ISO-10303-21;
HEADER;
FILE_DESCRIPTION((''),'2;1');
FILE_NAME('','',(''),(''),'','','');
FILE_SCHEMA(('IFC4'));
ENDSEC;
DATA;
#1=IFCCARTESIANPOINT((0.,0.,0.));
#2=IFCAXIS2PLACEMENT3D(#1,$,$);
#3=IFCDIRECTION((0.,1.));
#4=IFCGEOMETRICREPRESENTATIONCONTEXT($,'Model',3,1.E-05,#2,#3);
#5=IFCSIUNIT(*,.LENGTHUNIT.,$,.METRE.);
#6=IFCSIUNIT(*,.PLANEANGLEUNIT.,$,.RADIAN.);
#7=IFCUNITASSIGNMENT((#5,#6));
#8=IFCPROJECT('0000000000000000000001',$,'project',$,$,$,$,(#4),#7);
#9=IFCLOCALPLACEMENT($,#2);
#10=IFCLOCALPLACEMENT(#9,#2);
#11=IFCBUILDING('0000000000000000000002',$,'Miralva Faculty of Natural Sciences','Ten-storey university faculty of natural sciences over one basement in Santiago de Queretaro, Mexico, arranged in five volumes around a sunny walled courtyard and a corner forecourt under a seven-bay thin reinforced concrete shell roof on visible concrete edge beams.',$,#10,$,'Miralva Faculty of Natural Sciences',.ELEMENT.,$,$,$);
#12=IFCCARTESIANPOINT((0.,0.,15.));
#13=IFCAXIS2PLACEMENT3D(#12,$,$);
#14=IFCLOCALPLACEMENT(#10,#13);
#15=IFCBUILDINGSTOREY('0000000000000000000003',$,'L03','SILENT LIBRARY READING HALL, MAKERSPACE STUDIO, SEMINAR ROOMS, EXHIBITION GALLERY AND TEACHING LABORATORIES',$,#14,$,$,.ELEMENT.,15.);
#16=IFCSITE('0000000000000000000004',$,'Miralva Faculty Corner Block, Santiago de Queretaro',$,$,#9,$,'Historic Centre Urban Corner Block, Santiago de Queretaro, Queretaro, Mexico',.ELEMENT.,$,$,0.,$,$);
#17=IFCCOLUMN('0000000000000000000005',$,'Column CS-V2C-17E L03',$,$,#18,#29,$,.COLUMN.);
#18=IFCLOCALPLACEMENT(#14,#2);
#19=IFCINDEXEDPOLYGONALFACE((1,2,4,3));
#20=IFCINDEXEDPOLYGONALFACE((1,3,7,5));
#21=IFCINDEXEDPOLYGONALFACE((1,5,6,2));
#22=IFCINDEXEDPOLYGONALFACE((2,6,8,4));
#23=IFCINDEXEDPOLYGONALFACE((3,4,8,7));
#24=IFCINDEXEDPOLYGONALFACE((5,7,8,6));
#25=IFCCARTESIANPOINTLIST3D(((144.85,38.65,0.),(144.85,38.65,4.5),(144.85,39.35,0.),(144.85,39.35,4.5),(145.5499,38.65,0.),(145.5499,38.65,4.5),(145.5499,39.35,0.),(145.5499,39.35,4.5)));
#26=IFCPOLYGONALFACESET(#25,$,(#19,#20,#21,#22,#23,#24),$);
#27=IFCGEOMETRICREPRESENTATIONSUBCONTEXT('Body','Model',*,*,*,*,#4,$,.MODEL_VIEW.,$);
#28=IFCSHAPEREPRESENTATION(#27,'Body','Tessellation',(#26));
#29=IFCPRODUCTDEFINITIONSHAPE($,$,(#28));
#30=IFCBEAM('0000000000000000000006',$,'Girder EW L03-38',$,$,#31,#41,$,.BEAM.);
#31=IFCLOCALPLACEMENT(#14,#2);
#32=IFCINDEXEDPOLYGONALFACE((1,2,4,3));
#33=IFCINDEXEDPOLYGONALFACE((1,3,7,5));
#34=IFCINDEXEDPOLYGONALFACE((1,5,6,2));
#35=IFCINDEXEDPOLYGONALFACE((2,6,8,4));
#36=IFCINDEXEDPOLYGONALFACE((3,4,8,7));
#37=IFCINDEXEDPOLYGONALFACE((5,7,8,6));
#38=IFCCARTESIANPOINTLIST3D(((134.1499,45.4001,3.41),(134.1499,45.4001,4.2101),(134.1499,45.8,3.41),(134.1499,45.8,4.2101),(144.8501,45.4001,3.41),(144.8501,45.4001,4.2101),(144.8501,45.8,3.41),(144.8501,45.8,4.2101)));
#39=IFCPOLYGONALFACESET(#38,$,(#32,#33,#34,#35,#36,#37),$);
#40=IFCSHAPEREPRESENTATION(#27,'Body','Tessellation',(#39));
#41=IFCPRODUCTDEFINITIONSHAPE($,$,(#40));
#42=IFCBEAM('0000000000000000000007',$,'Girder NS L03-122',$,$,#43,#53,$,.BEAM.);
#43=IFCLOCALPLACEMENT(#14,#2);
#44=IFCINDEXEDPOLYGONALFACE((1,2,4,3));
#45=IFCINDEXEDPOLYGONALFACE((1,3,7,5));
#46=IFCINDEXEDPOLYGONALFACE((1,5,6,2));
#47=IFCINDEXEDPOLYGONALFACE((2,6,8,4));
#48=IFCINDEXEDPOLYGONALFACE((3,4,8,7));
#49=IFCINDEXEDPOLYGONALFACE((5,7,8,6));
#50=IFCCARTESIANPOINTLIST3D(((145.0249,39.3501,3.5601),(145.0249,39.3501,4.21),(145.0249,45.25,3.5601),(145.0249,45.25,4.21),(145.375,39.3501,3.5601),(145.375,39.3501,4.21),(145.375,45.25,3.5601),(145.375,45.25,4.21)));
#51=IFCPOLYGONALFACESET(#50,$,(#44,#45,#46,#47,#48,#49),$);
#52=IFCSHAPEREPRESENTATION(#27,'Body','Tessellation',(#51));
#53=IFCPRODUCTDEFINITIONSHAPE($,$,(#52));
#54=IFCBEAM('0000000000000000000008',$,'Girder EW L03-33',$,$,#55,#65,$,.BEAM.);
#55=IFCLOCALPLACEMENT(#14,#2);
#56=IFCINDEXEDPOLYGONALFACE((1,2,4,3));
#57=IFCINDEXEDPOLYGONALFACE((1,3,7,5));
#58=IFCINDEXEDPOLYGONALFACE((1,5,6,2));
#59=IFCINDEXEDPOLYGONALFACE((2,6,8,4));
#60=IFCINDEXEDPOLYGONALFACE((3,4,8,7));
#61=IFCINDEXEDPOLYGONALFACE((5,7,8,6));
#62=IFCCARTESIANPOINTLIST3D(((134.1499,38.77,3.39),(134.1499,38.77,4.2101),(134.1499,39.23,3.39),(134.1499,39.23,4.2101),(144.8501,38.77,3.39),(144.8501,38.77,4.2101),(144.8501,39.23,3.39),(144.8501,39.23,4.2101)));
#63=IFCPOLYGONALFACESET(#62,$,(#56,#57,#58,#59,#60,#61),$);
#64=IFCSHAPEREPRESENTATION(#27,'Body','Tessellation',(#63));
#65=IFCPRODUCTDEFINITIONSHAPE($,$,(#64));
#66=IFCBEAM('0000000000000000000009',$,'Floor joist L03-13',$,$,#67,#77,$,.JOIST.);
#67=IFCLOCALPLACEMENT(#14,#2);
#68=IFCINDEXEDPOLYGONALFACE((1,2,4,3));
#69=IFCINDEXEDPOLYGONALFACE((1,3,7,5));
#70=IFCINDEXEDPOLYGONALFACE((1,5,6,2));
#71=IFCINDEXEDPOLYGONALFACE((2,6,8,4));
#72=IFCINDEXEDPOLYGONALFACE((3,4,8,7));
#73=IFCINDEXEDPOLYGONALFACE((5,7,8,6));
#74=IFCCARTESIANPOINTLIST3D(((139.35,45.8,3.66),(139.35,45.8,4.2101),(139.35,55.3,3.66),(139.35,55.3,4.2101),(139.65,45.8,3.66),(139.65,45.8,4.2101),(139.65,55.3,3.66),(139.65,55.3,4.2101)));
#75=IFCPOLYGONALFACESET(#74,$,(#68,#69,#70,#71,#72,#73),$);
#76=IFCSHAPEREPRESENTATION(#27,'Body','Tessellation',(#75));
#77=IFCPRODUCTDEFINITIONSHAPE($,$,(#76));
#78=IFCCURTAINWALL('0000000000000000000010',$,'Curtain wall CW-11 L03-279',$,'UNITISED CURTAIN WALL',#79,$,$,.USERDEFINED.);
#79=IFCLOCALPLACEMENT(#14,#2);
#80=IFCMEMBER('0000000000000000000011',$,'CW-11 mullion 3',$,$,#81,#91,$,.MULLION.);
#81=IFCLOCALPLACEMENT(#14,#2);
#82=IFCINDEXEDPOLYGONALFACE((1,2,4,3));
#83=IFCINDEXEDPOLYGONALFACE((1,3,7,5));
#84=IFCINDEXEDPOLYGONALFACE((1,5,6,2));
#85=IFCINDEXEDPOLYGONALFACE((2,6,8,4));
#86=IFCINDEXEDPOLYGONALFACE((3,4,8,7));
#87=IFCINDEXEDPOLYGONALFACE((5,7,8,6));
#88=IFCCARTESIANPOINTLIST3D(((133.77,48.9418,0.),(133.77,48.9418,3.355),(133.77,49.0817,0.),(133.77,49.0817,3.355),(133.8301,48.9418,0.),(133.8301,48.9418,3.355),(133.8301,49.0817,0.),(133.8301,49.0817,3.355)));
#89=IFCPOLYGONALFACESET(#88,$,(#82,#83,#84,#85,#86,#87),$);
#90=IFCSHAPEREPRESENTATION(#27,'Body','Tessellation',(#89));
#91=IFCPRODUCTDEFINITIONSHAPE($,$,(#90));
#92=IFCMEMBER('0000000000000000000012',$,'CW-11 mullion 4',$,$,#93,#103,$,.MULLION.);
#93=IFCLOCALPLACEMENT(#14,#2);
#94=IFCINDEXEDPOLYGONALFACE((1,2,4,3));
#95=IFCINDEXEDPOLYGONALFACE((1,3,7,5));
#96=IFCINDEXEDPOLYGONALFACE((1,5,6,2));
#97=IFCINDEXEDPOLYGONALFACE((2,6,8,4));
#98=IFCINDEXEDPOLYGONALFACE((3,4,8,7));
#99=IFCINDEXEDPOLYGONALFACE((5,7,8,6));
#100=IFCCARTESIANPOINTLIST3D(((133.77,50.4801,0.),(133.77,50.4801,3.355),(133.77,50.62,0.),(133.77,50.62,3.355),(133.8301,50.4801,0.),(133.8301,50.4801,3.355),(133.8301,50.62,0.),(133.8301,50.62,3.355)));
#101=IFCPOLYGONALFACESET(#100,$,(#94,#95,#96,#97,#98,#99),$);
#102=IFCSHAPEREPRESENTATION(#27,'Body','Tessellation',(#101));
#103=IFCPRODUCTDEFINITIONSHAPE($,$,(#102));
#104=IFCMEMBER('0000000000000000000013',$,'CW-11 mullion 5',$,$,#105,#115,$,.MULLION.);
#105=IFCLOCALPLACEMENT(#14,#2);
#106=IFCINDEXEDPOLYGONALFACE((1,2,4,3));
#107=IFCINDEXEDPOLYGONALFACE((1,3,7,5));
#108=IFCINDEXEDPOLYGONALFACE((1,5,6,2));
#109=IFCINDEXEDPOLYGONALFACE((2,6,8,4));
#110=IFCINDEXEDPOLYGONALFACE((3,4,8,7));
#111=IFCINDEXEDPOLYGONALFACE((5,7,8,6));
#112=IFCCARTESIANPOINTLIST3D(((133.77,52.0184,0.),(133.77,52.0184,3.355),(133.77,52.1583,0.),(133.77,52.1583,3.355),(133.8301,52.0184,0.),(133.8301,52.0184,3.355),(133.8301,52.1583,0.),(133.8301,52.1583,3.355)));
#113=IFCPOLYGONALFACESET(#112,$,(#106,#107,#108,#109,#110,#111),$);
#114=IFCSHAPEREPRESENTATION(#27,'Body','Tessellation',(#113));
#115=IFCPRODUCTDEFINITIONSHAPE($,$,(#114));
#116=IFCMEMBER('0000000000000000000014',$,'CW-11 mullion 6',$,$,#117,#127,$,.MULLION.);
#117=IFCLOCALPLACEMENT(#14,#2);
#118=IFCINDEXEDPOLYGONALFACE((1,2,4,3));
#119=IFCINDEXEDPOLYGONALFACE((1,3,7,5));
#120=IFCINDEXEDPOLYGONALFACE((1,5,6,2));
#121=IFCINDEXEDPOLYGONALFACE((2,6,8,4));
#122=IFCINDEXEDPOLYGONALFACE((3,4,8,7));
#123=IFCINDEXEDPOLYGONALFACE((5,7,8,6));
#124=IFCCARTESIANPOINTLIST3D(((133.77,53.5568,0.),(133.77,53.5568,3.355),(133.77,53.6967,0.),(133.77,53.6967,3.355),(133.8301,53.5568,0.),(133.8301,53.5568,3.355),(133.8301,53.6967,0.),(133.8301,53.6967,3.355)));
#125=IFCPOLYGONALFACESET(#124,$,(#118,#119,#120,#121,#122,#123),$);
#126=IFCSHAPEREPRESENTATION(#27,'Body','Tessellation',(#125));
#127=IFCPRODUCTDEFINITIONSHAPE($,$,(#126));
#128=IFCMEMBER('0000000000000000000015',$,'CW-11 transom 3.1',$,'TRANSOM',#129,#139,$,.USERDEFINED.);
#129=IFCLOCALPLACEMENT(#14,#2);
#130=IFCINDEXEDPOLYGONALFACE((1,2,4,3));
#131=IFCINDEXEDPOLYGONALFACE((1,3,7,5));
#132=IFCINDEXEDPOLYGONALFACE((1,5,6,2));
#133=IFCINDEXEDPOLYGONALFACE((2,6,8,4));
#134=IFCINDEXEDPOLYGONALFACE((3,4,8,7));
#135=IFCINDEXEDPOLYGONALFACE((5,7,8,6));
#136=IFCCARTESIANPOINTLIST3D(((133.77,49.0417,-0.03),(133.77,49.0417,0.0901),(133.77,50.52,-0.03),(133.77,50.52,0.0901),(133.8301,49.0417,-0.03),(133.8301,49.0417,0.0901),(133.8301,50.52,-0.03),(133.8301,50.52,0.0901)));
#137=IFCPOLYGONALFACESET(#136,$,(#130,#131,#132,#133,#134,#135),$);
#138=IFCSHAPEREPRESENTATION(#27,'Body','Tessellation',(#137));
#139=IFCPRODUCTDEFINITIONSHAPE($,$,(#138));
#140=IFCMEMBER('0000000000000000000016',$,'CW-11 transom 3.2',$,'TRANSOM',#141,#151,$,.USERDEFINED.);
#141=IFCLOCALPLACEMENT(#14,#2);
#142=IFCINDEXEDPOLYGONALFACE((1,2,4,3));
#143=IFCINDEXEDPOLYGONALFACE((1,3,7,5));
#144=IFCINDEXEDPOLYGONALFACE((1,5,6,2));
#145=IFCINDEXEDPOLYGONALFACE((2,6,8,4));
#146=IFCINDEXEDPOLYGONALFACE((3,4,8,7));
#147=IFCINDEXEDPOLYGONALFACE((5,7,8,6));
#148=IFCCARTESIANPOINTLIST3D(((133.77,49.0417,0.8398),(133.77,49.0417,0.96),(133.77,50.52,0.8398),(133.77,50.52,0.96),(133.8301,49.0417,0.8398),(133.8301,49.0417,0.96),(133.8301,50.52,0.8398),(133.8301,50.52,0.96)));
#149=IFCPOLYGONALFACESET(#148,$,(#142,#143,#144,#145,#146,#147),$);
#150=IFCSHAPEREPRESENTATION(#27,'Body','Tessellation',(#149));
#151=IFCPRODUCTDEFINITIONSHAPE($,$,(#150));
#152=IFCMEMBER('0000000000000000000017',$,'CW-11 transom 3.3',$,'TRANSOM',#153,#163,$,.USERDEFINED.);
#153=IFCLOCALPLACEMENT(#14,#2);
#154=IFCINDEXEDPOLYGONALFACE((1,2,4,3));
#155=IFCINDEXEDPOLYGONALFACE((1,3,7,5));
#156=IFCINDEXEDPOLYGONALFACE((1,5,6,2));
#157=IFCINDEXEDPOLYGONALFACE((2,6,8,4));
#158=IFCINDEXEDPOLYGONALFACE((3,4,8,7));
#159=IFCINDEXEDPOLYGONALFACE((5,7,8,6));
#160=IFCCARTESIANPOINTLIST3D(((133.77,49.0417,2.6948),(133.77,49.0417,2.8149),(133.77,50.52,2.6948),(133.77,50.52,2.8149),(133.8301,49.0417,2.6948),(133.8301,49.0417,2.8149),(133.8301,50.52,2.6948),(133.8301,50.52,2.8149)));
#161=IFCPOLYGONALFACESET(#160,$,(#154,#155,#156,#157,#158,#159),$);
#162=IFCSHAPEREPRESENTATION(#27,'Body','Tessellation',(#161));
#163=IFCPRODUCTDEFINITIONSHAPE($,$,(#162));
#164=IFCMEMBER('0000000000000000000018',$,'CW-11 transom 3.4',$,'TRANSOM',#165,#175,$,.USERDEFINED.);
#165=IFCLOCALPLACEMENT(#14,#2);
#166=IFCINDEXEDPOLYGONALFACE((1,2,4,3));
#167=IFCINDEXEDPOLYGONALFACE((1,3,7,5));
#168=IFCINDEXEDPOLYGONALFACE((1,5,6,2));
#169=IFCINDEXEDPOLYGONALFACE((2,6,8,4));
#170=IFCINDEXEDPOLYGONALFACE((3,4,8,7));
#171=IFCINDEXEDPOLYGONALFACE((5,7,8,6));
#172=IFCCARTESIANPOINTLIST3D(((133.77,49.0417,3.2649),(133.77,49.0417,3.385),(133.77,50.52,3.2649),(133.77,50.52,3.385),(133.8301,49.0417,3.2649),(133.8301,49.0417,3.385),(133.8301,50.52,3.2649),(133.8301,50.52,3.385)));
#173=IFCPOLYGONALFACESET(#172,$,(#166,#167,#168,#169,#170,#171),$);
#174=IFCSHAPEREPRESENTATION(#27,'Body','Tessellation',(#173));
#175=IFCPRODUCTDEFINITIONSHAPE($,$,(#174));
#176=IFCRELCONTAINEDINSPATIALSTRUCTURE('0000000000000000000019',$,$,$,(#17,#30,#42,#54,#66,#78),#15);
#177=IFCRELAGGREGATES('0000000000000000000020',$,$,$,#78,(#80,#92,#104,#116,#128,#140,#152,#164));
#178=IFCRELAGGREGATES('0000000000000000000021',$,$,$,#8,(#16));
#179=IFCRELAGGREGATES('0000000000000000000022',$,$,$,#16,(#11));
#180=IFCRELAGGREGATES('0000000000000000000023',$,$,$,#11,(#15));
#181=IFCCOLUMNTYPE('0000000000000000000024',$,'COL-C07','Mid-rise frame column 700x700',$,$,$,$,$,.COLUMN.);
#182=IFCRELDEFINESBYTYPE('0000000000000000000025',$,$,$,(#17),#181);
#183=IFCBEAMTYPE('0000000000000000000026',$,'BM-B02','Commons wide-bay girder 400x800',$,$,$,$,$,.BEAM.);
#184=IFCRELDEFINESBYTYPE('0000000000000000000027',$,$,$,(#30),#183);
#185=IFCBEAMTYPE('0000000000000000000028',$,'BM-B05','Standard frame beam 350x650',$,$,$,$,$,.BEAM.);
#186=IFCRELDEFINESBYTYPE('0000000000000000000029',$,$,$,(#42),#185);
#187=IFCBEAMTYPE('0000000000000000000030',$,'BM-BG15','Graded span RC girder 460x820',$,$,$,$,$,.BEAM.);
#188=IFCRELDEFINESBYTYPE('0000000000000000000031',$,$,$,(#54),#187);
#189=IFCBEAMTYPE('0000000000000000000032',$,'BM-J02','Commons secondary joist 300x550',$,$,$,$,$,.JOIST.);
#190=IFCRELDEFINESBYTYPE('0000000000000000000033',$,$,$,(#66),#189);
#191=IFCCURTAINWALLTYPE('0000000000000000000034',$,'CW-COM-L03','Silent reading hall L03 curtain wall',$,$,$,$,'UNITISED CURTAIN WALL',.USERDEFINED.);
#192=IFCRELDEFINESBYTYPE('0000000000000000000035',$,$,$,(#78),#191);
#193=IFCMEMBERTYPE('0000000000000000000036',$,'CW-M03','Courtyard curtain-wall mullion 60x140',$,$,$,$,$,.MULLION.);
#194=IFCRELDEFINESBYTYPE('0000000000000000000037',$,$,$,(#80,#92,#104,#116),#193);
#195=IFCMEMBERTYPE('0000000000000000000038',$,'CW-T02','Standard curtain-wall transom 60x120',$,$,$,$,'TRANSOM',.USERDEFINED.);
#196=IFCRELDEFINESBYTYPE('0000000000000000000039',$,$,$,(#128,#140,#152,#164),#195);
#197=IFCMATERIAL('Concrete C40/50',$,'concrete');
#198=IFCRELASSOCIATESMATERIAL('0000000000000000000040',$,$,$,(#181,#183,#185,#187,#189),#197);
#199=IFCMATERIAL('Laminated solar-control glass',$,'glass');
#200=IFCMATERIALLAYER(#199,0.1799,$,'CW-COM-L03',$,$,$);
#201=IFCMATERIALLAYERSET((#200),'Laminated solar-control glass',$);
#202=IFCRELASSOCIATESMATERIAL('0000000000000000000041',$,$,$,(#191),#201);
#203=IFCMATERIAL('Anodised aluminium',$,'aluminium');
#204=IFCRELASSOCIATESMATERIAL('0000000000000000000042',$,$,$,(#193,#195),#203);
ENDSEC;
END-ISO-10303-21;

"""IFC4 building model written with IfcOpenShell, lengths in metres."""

from ifc_helpers import new_model, si_unit, direction, frame, origin, origin_2d, place, context, subcontext, project, spatial, rectangle, extrude, material, layer, layer_set, material_profile, profile_set, type_object, element, aggregate, save


model = new_model("IFC4")

# Units and contexts
model_context = context("Model", 3, precision=1e-05, world=origin(), true_north=direction((0.0, 1.0)))
body_context = subcontext(model_context, "Body", "Model", "MODEL_VIEW")
ifc_project = project(units=[si_unit("LENGTHUNIT", "METRE"), si_unit("PLANEANGLEUNIT", "RADIAN")], contexts=[model_context])

# Site, building, storey
site_placement = place(None, origin())
site = spatial("IfcSite", under=ifc_project, at=site_placement, Name="Miralva Faculty Corner Block, Santiago de Queretaro", LongName="Historic Centre Urban Corner Block, Santiago de Queretaro, Queretaro, Mexico", CompositionType="ELEMENT", RefElevation=0.0)
building_placement = place(site_placement, origin())
building = spatial("IfcBuilding", under=site, at=building_placement, Name="Miralva Faculty of Natural Sciences", Description="Ten-storey university faculty of natural sciences over one basement in Santiago de Queretaro, Mexico, arranged in five volumes around a sunny walled courtyard and a corner forecourt under a seven-bay thin reinforced concrete shell roof on visible concrete edge beams.", LongName="Miralva Faculty of Natural Sciences", CompositionType="ELEMENT")
storey_placement = place(building_placement, frame((0.0, 0.0, 15.0)))
storey = spatial("IfcBuildingStorey", under=building, at=storey_placement, Name="L03", Description="SILENT LIBRARY READING HALL, MAKERSPACE STUDIO, SEMINAR ROOMS, EXHIBITION GALLERY AND TEACHING LABORATORIES", CompositionType="ELEMENT", Elevation=15.0)

# Column
ifc_material_1 = material(Name="Concrete C40/50", Category="concrete")
ifc_material_profile_1 = material_profile(ifc_material_1, rectangle(XDim=0.7, YDim=0.7, at=origin_2d()), Name="RC 700x700")
ifc_profile_set_1 = profile_set([ifc_material_profile_1], Name="Concrete C40/50")
column_type = type_object("IfcColumnType", Name="COL-C07", Description="Mid-rise frame column 700x700", PredefinedType="COLUMN", material=ifc_profile_set_1)
column_placement = place(storey_placement, frame((145.2, 39.0, 0.0), z_axis=(0.0, 0.0, 1.0), x_axis=(1.0, 0.0, 0.0)))
element("IfcColumn", 1, at=column_placement, inside=storey, type_object=column_type, Name="Column CS-V2C-17E L03", PredefinedType="COLUMN", context=body_context, shape_type="SweptSolid", body=[
    extrude(rectangle(XDim=0.7, YDim=0.7, at=origin_2d()), origin(), (0.0, 0.0, 1.0), 4.5),
])

# Beams
ifc_material_profile_2 = material_profile(ifc_material_1, rectangle(XDim=0.3999, YDim=0.8, at=origin_2d()), Name="RC 400x800")
ifc_profile_set_2 = profile_set([ifc_material_profile_2], Name="Concrete C40/50")
beam_type_1 = type_object("IfcBeamType", Name="BM-B02", Description="Commons wide-bay girder 400x800", PredefinedType="BEAM", material=ifc_profile_set_2)
beam_1_placement = place(storey_placement, frame((134.1499, 45.6001, 3.8101), z_axis=(1.0, 0.0, 0.0), x_axis=(0.0, 1.0, 0.0)))
element("IfcBeam", 2, at=beam_1_placement, inside=storey, type_object=beam_type_1, Name="Girder EW L03-38", PredefinedType="BEAM", context=body_context, shape_type="SweptSolid", body=[
    extrude(rectangle(XDim=0.3999, YDim=0.8, at=origin_2d()), origin(), (0.0, 0.0, 1.0), 10.7002),
])
ifc_material_profile_3 = material_profile(ifc_material_1, rectangle(XDim=0.3501, YDim=0.6499, at=origin_2d()), Name="RC 350x650")
ifc_profile_set_3 = profile_set([ifc_material_profile_3], Name="Concrete C40/50")
beam_type_2 = type_object("IfcBeamType", Name="BM-B05", Description="Standard frame beam 350x650", PredefinedType="BEAM", material=ifc_profile_set_3)
beam_2_placement = place(storey_placement, frame((145.2, 39.3501, 3.885), z_axis=(0.0, 1.0, 0.0), x_axis=(-1.0, 0.0, 0.0)))
element("IfcBeam", 3, at=beam_2_placement, inside=storey, type_object=beam_type_2, Name="Girder NS L03-122", PredefinedType="BEAM", context=body_context, shape_type="SweptSolid", body=[
    extrude(rectangle(XDim=0.3501, YDim=0.6499, at=origin_2d()), origin(), (0.0, 0.0, 1.0), 5.8999),
])
ifc_material_profile_4 = material_profile(ifc_material_1, rectangle(XDim=0.46, YDim=0.8201, at=origin_2d()), Name="RC 460x820")
ifc_profile_set_4 = profile_set([ifc_material_profile_4], Name="Concrete C40/50")
beam_type_3 = type_object("IfcBeamType", Name="BM-BG15", Description="Graded span RC girder 460x820", PredefinedType="BEAM", material=ifc_profile_set_4)
beam_3_placement = place(storey_placement, frame((134.1499, 39.0, 3.8), z_axis=(1.0, 0.0, 0.0), x_axis=(0.0, 1.0, 0.0)))
element("IfcBeam", 4, at=beam_3_placement, inside=storey, type_object=beam_type_3, Name="Girder EW L03-33", PredefinedType="BEAM", context=body_context, shape_type="SweptSolid", body=[
    extrude(rectangle(XDim=0.46, YDim=0.8201, at=origin_2d()), origin(), (0.0, 0.0, 1.0), 10.7002),
])
ifc_material_profile_5 = material_profile(ifc_material_1, rectangle(XDim=0.3, YDim=0.55, at=origin_2d()), Name="RC 300x550")
ifc_profile_set_5 = profile_set([ifc_material_profile_5], Name="Concrete C40/50")
beam_type_4 = type_object("IfcBeamType", Name="BM-J02", Description="Commons secondary joist 300x550", PredefinedType="JOIST", material=ifc_profile_set_5)
beam_4_placement = place(storey_placement, frame((139.5, 45.8, 3.9351), z_axis=(0.0, 1.0, 0.0), x_axis=(-1.0, 0.0, 0.0)))
element("IfcBeam", 5, at=beam_4_placement, inside=storey, type_object=beam_type_4, Name="Floor joist L03-13", PredefinedType="JOIST", context=body_context, shape_type="SweptSolid", body=[
    extrude(rectangle(XDim=0.3, YDim=0.55, at=origin_2d()), origin(), (0.0, 0.0, 1.0), 9.5),
])

# Curtain wall, members
ifc_material_2 = material(Name="Laminated solar-control glass", Category="glass")
ifc_layer_1 = layer(ifc_material_2, 0.1799, Name="CW-COM-L03")
ifc_layer_set_1 = layer_set([ifc_layer_1], Name="Laminated solar-control glass")
curtain_wall_type = type_object("IfcCurtainWallType", Name="CW-COM-L03", Description="Silent reading hall L03 curtain wall", ElementType="UNITISED CURTAIN WALL", PredefinedType="USERDEFINED", material=ifc_layer_set_1)
curtain_wall_placement = place(storey_placement, origin())
curtain_wall = element("IfcCurtainWall", 6, at=curtain_wall_placement, inside=storey, type_object=curtain_wall_type, Name="Curtain wall CW-11 L03-279", ObjectType="UNITISED CURTAIN WALL", PredefinedType="USERDEFINED")
ifc_material_3 = material(Name="Anodised aluminium", Category="aluminium")
ifc_material_profile_6 = material_profile(ifc_material_3, rectangle(XDim=0.0601, YDim=0.1399, at=origin_2d()), Name="MULLION 60x140")
ifc_profile_set_6 = profile_set([ifc_material_profile_6], Name="Anodised aluminium")
member_type_1 = type_object("IfcMemberType", Name="CW-M03", Description="Courtyard curtain-wall mullion 60x140", PredefinedType="MULLION", material=ifc_profile_set_6)
member_1_placement = place(storey_placement, frame((133.8, 49.0117, 0.0), z_axis=(0.0, 0.0, 1.0), x_axis=(-1.0, 0.0, 0.0)))
member_1 = element("IfcMember", 7, at=member_1_placement, type_object=member_type_1, Name="CW-11 mullion 3", PredefinedType="MULLION", context=body_context, shape_type="SweptSolid", body=[
    extrude(rectangle(XDim=0.0601, YDim=0.1399, at=origin_2d()), origin(), (0.0, 0.0, 1.0), 3.355),
])
member_2_placement = place(storey_placement, frame((133.8, 50.55, 0.0), z_axis=(0.0, 0.0, 1.0), x_axis=(-1.0, 0.0, 0.0)))
member_2 = element("IfcMember", 8, at=member_2_placement, type_object=member_type_1, Name="CW-11 mullion 4", PredefinedType="MULLION", context=body_context, shape_type="SweptSolid", body=[
    extrude(rectangle(XDim=0.0601, YDim=0.1399, at=origin_2d()), origin(), (0.0, 0.0, 1.0), 3.355),
])
member_3_placement = place(storey_placement, frame((133.8, 52.0884, 0.0), z_axis=(0.0, 0.0, 1.0), x_axis=(-1.0, 0.0, 0.0)))
member_3 = element("IfcMember", 9, at=member_3_placement, type_object=member_type_1, Name="CW-11 mullion 5", PredefinedType="MULLION", context=body_context, shape_type="SweptSolid", body=[
    extrude(rectangle(XDim=0.0601, YDim=0.1399, at=origin_2d()), origin(), (0.0, 0.0, 1.0), 3.355),
])
member_4_placement = place(storey_placement, frame((133.8, 53.6267, 0.0), z_axis=(0.0, 0.0, 1.0), x_axis=(-1.0, 0.0, 0.0)))
member_4 = element("IfcMember", 10, at=member_4_placement, type_object=member_type_1, Name="CW-11 mullion 6", PredefinedType="MULLION", context=body_context, shape_type="SweptSolid", body=[
    extrude(rectangle(XDim=0.0601, YDim=0.1399, at=origin_2d()), origin(), (0.0, 0.0, 1.0), 3.355),
])
ifc_material_profile_7 = material_profile(ifc_material_3, rectangle(XDim=0.0601, YDim=0.1201, at=origin_2d()), Name="TRANSOM 60x120")
ifc_profile_set_7 = profile_set([ifc_material_profile_7], Name="Anodised aluminium")
member_type_2 = type_object("IfcMemberType", Name="CW-T02", Description="Standard curtain-wall transom 60x120", ElementType="TRANSOM", PredefinedType="USERDEFINED", material=ifc_profile_set_7)
member_5_placement = place(storey_placement, frame((133.8, 49.0417, 0.03), z_axis=(0.0, 1.0, 0.0), x_axis=(-1.0, 0.0, 0.0)))
member_5 = element("IfcMember", 11, at=member_5_placement, type_object=member_type_2, Name="CW-11 transom 3.1", ObjectType="TRANSOM", PredefinedType="USERDEFINED", context=body_context, shape_type="SweptSolid", body=[
    extrude(rectangle(XDim=0.0601, YDim=0.1201, at=origin_2d()), origin(), (0.0, 0.0, 1.0), 1.4783),
])
member_6_placement = place(storey_placement, frame((133.8, 49.0417, 0.8999), z_axis=(0.0, 1.0, 0.0), x_axis=(-1.0, 0.0, 0.0)))
member_6 = element("IfcMember", 12, at=member_6_placement, type_object=member_type_2, Name="CW-11 transom 3.2", ObjectType="TRANSOM", PredefinedType="USERDEFINED", context=body_context, shape_type="SweptSolid", body=[
    extrude(rectangle(XDim=0.0601, YDim=0.1201, at=origin_2d()), origin(), (0.0, 0.0, 1.0), 1.4783),
])
member_7_placement = place(storey_placement, frame((133.8, 49.0417, 2.7549), z_axis=(0.0, 1.0, 0.0), x_axis=(-1.0, 0.0, 0.0)))
member_7 = element("IfcMember", 13, at=member_7_placement, type_object=member_type_2, Name="CW-11 transom 3.3", ObjectType="TRANSOM", PredefinedType="USERDEFINED", context=body_context, shape_type="SweptSolid", body=[
    extrude(rectangle(XDim=0.0601, YDim=0.1201, at=origin_2d()), origin(), (0.0, 0.0, 1.0), 1.4783),
])
member_8_placement = place(storey_placement, frame((133.8, 49.0417, 3.325), z_axis=(0.0, 1.0, 0.0), x_axis=(-1.0, 0.0, 0.0)))
member_8 = element("IfcMember", 14, at=member_8_placement, type_object=member_type_2, Name="CW-11 transom 3.4", ObjectType="TRANSOM", PredefinedType="USERDEFINED", context=body_context, shape_type="SweptSolid", body=[
    extrude(rectangle(XDim=0.0601, YDim=0.1201, at=origin_2d()), origin(), (0.0, 0.0, 1.0), 1.4783),
])
aggregate(curtain_wall, [member_1, member_2, member_3, member_4, member_5, member_6, member_7, member_8])

save(model, "model.ifc")
